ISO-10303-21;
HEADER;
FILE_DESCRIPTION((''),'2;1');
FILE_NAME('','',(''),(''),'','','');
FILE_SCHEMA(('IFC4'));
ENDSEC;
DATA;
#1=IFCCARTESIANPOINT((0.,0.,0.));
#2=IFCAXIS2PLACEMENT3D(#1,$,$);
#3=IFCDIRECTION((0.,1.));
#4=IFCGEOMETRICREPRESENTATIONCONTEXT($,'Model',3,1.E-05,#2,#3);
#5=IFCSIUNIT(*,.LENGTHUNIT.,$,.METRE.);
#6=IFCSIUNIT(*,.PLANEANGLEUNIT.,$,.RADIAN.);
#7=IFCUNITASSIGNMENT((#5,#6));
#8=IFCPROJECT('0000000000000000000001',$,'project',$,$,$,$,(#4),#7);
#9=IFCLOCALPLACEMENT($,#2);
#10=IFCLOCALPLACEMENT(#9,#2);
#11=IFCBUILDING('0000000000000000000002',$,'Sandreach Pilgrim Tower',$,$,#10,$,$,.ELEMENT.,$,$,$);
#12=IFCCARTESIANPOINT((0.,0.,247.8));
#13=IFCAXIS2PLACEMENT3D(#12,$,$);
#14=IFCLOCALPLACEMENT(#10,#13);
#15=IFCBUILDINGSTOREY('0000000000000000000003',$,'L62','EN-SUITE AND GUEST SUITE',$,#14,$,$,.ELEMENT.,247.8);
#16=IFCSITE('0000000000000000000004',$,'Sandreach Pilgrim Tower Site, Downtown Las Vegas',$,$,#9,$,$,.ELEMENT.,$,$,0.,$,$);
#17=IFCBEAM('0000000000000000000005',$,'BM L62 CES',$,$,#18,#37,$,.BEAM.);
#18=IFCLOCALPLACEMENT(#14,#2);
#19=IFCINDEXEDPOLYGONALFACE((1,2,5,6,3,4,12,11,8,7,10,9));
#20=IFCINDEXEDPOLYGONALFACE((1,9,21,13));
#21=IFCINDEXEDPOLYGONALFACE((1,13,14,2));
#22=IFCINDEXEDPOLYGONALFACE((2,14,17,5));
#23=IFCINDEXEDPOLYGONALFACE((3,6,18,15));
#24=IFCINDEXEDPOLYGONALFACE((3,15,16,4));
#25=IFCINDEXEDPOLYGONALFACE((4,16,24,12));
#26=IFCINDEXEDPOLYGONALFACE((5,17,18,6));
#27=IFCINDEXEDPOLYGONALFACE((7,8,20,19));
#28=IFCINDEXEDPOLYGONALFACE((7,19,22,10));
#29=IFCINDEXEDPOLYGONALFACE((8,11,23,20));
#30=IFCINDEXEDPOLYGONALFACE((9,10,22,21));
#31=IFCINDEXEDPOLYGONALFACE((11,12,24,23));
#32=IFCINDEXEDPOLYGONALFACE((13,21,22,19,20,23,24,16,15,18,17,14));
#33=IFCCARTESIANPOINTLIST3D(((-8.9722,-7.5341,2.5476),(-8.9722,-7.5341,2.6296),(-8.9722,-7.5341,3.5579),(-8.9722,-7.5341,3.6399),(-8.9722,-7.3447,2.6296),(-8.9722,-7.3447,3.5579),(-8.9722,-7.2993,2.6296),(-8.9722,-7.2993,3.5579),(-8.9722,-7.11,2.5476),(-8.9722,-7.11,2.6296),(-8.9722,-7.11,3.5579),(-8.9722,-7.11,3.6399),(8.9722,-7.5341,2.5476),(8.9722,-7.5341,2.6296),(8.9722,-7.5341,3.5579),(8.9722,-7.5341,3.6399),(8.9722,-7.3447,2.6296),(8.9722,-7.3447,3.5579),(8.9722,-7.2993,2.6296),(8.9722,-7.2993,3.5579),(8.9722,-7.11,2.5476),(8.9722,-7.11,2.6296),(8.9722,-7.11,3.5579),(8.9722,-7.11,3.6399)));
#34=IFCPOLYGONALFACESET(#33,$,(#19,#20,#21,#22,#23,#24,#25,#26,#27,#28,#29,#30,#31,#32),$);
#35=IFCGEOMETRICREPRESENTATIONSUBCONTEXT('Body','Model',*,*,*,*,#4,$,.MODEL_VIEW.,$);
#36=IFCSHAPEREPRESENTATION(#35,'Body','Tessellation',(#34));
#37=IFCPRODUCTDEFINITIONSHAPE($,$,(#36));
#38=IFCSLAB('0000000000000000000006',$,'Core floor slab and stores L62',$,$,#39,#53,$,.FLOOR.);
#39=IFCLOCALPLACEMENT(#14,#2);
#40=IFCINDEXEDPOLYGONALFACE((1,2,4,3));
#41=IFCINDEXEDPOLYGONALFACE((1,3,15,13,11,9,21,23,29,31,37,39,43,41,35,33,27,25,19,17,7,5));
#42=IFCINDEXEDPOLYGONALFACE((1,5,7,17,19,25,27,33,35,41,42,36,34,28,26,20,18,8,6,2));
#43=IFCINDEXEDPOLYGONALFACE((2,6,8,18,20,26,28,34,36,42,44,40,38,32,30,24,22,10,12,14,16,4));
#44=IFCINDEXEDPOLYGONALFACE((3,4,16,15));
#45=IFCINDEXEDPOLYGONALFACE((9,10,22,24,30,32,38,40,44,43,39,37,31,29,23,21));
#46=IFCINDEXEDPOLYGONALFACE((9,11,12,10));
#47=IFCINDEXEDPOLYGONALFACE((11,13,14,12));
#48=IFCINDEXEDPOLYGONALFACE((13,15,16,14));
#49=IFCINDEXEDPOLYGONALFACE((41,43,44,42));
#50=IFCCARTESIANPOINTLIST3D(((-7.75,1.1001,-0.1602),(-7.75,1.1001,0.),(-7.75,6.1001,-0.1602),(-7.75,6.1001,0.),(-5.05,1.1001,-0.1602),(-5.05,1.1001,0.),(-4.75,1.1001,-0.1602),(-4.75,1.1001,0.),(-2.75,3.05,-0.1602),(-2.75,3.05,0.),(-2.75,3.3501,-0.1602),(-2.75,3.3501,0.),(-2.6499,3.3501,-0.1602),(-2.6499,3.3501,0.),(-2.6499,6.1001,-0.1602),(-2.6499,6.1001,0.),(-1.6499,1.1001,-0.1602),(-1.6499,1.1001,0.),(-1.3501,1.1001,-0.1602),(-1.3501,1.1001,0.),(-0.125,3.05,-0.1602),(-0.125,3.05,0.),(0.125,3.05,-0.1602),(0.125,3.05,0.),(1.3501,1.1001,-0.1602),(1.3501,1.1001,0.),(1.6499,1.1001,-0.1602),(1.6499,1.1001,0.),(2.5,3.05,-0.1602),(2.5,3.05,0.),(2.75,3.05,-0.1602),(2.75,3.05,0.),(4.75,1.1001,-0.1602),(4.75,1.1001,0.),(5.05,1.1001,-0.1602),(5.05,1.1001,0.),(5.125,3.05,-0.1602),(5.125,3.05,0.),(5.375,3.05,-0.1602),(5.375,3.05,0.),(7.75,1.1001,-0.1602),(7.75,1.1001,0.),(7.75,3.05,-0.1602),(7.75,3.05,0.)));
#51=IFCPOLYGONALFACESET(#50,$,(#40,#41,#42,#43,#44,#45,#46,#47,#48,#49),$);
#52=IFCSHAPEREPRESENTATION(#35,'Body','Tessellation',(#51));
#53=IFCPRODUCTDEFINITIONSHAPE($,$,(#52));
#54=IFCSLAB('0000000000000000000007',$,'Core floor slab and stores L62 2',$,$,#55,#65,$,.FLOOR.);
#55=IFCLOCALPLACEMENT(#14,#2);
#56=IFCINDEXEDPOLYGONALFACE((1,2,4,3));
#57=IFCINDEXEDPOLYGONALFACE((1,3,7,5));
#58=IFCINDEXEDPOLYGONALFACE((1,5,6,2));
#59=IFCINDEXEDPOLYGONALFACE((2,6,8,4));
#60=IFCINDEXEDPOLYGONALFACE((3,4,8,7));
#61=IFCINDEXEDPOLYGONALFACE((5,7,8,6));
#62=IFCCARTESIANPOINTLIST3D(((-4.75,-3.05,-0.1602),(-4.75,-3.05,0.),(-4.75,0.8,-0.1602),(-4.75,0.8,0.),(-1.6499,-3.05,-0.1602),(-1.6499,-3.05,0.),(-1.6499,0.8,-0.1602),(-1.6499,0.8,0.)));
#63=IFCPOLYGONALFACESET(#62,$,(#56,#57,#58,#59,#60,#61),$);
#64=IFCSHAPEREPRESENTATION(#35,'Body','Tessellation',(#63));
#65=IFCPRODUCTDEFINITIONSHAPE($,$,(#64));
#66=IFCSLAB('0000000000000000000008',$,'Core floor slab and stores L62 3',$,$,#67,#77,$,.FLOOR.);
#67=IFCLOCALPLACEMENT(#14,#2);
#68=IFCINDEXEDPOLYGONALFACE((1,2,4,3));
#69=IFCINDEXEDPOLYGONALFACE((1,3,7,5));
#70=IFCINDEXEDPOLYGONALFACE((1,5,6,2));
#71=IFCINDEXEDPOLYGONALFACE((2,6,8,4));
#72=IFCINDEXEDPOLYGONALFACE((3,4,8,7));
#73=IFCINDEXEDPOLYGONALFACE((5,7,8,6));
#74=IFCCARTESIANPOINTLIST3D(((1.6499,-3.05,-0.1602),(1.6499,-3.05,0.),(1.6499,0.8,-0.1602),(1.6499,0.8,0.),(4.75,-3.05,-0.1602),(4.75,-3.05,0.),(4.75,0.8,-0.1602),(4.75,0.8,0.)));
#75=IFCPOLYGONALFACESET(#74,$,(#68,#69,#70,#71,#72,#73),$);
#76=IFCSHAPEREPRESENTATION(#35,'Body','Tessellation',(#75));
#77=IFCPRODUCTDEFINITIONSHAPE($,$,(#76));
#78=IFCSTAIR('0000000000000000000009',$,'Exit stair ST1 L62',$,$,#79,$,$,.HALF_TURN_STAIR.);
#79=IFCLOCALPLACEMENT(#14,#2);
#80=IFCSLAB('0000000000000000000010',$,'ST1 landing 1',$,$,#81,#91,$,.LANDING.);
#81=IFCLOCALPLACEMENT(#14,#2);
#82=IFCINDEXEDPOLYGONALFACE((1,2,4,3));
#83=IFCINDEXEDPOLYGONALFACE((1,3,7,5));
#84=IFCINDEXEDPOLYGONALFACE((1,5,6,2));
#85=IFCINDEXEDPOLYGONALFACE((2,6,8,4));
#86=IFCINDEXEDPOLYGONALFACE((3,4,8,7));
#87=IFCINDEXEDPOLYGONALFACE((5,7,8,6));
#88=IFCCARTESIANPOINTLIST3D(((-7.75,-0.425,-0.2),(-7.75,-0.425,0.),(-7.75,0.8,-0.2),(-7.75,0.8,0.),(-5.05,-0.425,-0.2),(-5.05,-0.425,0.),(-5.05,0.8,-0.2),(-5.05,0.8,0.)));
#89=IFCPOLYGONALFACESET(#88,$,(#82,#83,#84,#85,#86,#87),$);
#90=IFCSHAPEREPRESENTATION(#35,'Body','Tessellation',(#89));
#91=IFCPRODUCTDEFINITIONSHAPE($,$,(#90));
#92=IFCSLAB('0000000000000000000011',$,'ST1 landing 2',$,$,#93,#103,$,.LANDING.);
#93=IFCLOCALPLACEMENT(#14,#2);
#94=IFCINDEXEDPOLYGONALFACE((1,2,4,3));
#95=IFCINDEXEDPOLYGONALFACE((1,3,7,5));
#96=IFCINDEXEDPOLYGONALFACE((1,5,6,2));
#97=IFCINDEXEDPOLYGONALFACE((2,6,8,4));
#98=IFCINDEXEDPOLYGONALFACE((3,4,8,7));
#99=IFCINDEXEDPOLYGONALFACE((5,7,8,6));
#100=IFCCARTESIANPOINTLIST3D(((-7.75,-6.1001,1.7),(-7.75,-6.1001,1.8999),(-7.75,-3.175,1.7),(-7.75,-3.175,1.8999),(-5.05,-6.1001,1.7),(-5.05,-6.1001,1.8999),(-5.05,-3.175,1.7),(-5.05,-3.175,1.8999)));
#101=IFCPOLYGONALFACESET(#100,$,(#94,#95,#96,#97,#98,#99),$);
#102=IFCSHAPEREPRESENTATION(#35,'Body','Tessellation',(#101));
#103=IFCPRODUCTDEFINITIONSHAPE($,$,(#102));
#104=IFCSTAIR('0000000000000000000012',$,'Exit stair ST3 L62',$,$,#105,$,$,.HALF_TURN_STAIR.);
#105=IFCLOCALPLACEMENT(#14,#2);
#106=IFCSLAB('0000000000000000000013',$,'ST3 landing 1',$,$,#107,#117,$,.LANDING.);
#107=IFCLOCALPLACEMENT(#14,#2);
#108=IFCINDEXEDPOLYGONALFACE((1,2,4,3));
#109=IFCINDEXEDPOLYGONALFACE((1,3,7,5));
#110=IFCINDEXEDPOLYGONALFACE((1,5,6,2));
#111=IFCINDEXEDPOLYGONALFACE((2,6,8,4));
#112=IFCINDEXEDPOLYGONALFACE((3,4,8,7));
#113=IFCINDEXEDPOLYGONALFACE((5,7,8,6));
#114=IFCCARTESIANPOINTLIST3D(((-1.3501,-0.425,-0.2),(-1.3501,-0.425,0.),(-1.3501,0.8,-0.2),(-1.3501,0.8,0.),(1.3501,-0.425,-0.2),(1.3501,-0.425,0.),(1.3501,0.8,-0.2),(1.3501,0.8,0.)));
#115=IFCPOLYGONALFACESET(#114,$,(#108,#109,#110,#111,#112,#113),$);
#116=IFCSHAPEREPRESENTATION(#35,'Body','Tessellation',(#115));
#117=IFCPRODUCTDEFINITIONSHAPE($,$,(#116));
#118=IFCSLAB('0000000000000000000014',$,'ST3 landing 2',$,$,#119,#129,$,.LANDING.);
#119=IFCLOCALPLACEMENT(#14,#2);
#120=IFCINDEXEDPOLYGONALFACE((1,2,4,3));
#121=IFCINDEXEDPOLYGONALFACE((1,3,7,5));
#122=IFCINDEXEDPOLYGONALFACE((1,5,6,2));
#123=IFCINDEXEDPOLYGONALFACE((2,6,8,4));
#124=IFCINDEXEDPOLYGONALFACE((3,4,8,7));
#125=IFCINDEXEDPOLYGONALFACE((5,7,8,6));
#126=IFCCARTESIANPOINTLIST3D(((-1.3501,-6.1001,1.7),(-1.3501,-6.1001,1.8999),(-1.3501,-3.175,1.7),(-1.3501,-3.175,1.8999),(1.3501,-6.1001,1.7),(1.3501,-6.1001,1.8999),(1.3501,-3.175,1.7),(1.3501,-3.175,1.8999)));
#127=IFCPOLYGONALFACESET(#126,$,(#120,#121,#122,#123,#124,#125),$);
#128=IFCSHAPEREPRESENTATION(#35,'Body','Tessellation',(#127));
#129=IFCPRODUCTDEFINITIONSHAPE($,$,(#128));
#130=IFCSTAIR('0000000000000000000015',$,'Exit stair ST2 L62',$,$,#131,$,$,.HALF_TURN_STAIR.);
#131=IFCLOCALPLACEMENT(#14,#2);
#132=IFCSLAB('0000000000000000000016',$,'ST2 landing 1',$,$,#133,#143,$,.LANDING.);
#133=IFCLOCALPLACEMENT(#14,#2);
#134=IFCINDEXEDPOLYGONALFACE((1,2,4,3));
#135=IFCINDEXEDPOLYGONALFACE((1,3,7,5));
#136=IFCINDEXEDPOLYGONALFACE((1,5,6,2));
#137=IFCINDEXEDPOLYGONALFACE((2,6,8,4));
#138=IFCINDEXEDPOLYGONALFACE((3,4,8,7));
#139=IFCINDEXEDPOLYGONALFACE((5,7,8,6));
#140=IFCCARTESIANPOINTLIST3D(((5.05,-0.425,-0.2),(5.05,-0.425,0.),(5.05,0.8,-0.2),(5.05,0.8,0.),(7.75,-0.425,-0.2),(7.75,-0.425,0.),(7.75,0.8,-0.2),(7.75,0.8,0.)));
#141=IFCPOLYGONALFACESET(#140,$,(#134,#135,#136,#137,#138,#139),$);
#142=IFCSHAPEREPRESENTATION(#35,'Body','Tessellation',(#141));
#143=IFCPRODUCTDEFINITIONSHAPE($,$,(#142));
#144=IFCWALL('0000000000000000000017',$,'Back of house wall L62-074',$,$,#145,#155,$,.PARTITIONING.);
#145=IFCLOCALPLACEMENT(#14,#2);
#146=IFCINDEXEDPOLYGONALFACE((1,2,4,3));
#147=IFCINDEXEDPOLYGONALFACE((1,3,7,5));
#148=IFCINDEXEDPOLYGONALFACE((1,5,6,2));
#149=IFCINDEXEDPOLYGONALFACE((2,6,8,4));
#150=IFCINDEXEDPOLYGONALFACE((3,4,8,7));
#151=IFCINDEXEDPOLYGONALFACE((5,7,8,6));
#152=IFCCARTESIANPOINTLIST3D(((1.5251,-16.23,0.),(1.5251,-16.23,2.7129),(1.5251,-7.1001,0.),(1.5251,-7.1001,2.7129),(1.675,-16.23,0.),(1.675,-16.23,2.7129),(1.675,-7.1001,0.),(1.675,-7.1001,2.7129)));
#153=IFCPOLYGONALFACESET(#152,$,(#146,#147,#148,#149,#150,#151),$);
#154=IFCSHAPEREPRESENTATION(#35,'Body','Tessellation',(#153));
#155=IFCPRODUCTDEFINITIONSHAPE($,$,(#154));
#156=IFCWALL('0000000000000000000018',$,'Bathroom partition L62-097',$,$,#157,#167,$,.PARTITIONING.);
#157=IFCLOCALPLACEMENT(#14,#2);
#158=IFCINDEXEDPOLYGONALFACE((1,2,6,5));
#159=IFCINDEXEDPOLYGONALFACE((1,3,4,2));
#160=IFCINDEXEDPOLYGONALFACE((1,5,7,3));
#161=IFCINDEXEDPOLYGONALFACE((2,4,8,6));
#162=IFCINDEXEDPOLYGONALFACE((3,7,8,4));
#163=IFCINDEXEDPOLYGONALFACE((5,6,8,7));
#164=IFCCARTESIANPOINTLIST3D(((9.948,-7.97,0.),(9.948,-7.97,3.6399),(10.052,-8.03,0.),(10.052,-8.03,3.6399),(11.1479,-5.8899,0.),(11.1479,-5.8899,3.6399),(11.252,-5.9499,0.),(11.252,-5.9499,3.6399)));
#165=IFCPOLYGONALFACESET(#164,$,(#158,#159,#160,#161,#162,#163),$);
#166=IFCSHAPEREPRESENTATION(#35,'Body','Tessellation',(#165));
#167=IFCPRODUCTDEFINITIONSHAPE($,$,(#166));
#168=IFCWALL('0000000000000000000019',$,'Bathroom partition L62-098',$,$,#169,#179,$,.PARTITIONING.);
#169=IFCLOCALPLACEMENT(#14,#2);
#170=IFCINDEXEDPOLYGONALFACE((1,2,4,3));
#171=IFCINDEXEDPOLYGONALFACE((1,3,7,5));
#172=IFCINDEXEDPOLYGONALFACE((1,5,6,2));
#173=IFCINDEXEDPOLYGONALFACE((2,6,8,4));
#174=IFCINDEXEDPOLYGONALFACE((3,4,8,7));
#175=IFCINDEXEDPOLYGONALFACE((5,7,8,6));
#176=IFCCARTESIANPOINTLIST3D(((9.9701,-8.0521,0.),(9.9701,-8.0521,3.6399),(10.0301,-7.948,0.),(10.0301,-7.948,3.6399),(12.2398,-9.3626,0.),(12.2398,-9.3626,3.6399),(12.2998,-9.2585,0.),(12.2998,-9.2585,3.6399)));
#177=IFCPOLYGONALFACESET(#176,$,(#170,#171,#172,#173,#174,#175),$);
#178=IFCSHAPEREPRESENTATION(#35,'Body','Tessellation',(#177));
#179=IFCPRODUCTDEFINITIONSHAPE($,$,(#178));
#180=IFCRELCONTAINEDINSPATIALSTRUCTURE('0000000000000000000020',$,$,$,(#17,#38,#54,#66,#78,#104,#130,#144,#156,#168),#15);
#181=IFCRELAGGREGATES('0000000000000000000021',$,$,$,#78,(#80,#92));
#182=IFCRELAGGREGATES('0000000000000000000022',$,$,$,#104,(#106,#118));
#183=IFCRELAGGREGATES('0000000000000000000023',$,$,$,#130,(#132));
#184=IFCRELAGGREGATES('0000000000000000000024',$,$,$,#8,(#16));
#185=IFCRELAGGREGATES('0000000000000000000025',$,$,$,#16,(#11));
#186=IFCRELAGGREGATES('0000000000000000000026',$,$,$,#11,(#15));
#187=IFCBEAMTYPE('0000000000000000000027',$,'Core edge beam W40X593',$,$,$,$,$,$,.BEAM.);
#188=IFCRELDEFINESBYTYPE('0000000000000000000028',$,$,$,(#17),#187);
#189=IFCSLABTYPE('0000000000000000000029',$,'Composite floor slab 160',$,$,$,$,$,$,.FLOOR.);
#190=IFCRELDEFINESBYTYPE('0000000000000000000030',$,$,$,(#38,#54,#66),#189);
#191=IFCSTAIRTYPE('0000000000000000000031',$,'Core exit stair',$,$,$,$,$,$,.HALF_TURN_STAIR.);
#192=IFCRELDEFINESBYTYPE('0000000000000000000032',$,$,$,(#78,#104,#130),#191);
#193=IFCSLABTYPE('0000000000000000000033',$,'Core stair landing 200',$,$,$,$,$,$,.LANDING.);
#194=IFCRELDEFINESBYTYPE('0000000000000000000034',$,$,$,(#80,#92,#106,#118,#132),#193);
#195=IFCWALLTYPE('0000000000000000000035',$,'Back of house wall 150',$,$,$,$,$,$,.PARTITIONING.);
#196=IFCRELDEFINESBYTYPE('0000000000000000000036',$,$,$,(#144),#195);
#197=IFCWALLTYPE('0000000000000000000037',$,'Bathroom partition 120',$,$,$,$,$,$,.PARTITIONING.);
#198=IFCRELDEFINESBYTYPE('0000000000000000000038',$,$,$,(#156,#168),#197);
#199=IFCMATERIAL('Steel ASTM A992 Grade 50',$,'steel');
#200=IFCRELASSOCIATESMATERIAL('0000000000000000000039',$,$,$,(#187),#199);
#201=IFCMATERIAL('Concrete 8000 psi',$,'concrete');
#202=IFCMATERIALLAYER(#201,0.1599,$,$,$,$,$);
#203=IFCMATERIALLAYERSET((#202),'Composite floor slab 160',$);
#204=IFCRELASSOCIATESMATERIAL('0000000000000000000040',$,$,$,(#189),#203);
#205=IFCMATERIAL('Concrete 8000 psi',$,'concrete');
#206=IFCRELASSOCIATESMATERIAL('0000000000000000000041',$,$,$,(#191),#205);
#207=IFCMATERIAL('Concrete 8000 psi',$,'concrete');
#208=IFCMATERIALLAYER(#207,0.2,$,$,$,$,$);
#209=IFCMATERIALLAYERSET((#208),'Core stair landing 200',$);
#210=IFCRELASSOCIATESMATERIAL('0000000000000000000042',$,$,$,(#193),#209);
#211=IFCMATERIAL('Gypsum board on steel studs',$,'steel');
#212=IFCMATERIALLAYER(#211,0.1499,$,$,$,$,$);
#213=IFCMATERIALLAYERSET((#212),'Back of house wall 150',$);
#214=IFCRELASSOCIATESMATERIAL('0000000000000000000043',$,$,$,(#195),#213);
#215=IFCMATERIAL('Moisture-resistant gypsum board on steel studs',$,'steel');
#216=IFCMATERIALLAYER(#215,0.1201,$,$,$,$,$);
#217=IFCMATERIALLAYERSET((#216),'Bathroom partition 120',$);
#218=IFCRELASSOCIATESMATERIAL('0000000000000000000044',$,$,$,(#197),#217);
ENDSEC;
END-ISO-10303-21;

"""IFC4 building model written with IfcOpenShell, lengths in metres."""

from ifc_helpers import new_model, si_unit, direction, frame, frame_2d, origin, origin_2d, place, context, subcontext, project, spatial, polyline, rectangle, i_section, outline, extrude, material, layer, layer_set, material_profile, profile_set, type_object, element, aggregate, save


model = new_model("IFC4")

# Units and contexts
model_context = context("Model", 3, precision=1e-05, world=origin(), true_north=direction((0.0, 1.0)))
body_context = subcontext(model_context, "Body", "Model", "MODEL_VIEW")
ifc_project = project(units=[si_unit("LENGTHUNIT", "METRE"), si_unit("PLANEANGLEUNIT", "RADIAN")], contexts=[model_context])

# Site, building, storey
site_placement = place(None, origin())
site = spatial("IfcSite", under=ifc_project, at=site_placement, Name="Sandreach Pilgrim Tower Site, Downtown Las Vegas", CompositionType="ELEMENT", RefElevation=0.0)
building_placement = place(site_placement, origin())
building = spatial("IfcBuilding", under=site, at=building_placement, Name="Sandreach Pilgrim Tower", CompositionType="ELEMENT")
storey_placement = place(building_placement, frame((0.0, 0.0, 247.8)))
storey = spatial("IfcBuildingStorey", under=building, at=storey_placement, Name="L62", Description="EN-SUITE AND GUEST SUITE", CompositionType="ELEMENT", Elevation=247.8)

# Beam
ifc_material_1 = material(Name="Steel ASTM A992 Grade 50", Category="steel")
ifc_material_profile = material_profile(ifc_material_1, i_section(OverallWidth=0.4241, OverallDepth=1.0923, WebThickness=0.0454, FlangeThickness=0.082, at=origin_2d()), Name="W40X593")
ifc_profile_set = profile_set([ifc_material_profile], Name="Steel ASTM A992 Grade 50")
beam_type = type_object("IfcBeamType", Name="Core edge beam W40X593", PredefinedType="BEAM", material=ifc_profile_set)
beam_placement = place(storey_placement, frame((8.9722, -7.322, 3.0938), z_axis=(-1.0, 0.0, 0.0), x_axis=(0.0, -1.0, 0.0)))
element("IfcBeam", 1, at=beam_placement, inside=storey, type_object=beam_type, Name="BM L62 CES", PredefinedType="BEAM", context=body_context, shape_type="SweptSolid", body=[
    extrude(i_section(OverallWidth=0.4241, OverallDepth=1.0923, WebThickness=0.0454, FlangeThickness=0.082, at=origin_2d()), origin(), (0.0, 0.0, 1.0), 17.9443),
])

# Slabs
ifc_material_2 = material(Name="Concrete 8000 psi", Category="concrete")
ifc_layer_1 = layer(ifc_material_2, 0.1599)
ifc_layer_set_1 = layer_set([ifc_layer_1], Name="Composite floor slab 160")
slab_type_1 = type_object("IfcSlabType", Name="Composite floor slab 160", PredefinedType="FLOOR", material=ifc_layer_set_1)
slab_1_placement = place(storey_placement, frame((0.0, 0.0, -0.1602)))
element("IfcSlab", 2, at=slab_1_placement, inside=storey, type_object=slab_type_1, Name="Core floor slab and stores L62", PredefinedType="FLOOR", context=body_context, shape_type="SweptSolid", body=[
    extrude(outline(polyline([(-2.75, 3.3501), (-2.75, 3.05), (-0.125, 3.05), (0.125, 3.05), (2.5, 3.05), (2.75, 3.05), (5.125, 3.05), (5.375, 3.05), (7.75, 3.05), (7.75, 1.1001), (5.05, 1.1001), (4.75, 1.1001), (1.6499, 1.1001), (1.3501, 1.1001), (-1.3501, 1.1001), (-1.6499, 1.1001), (-4.75, 1.1001), (-5.05, 1.1001), (-7.75, 1.1001), (-7.75, 6.1001), (-2.6499, 6.1001), (-2.6499, 3.3501), (-2.75, 3.3501)])), origin(), (0.0, 0.0, 1.0), 0.1602),
])
slab_2_placement = place(storey_placement, frame((0.0, 0.0, -0.1602)))
element("IfcSlab", 3, at=slab_2_placement, inside=storey, type_object=slab_type_1, Name="Core floor slab and stores L62 2", PredefinedType="FLOOR", context=body_context, shape_type="SweptSolid", body=[
    extrude(outline(polyline([(-1.6499, -3.05), (-4.75, -3.05), (-4.75, 0.8), (-1.6499, 0.8), (-1.6499, -3.05)])), origin(), (0.0, 0.0, 1.0), 0.1602),
])
slab_3_placement = place(storey_placement, frame((0.0, 0.0, -0.1602)))
element("IfcSlab", 4, at=slab_3_placement, inside=storey, type_object=slab_type_1, Name="Core floor slab and stores L62 3", PredefinedType="FLOOR", context=body_context, shape_type="SweptSolid", body=[
    extrude(outline(polyline([(4.75, -3.05), (1.6499, -3.05), (1.6499, 0.8), (4.75, 0.8), (4.75, -3.05)])), origin(), (0.0, 0.0, 1.0), 0.1602),
])

# Stairs, slabs
ifc_material_3 = material(Name="Concrete 8000 psi", Category="concrete")
stair_type = type_object("IfcStairType", Name="Core exit stair", PredefinedType="HALF_TURN_STAIR", material=ifc_material_3)
stair_1_placement = place(storey_placement, origin())
stair_1 = element("IfcStair", 5, at=stair_1_placement, inside=storey, type_object=stair_type, Name="Exit stair ST1 L62", PredefinedType="HALF_TURN_STAIR")
ifc_material_4 = material(Name="Concrete 8000 psi", Category="concrete")
ifc_layer_2 = layer(ifc_material_4, 0.2)
ifc_layer_set_2 = layer_set([ifc_layer_2], Name="Core stair landing 200")
slab_type_2 = type_object("IfcSlabType", Name="Core stair landing 200", PredefinedType="LANDING", material=ifc_layer_set_2)
slab_4_placement = place(storey_placement, frame((0.0, 0.0, -0.2)))
slab_4 = element("IfcSlab", 6, at=slab_4_placement, type_object=slab_type_2, Name="ST1 landing 1", PredefinedType="LANDING", context=body_context, shape_type="SweptSolid", body=[
    extrude(outline(polyline([(-7.75, -0.425), (-5.05, -0.425), (-5.05, 0.8), (-7.75, 0.8), (-7.75, -0.425)])), origin(), (0.0, 0.0, 1.0), 0.2),
])
slab_5_placement = place(storey_placement, frame((0.0, 0.0, 1.7)))
slab_5 = element("IfcSlab", 7, at=slab_5_placement, type_object=slab_type_2, Name="ST1 landing 2", PredefinedType="LANDING", context=body_context, shape_type="SweptSolid", body=[
    extrude(outline(polyline([(-7.75, -6.1001), (-5.05, -6.1001), (-5.05, -3.175), (-7.75, -3.175), (-7.75, -6.1001)])), origin(), (0.0, 0.0, 1.0), 0.2),
])
aggregate(stair_1, [slab_4, slab_5])
stair_2_placement = place(storey_placement, origin())
stair_2 = element("IfcStair", 8, at=stair_2_placement, inside=storey, type_object=stair_type, Name="Exit stair ST3 L62", PredefinedType="HALF_TURN_STAIR")
slab_6_placement = place(storey_placement, frame((0.0, 0.0, -0.2)))
slab_6 = element("IfcSlab", 9, at=slab_6_placement, type_object=slab_type_2, Name="ST3 landing 1", PredefinedType="LANDING", context=body_context, shape_type="SweptSolid", body=[
    extrude(outline(polyline([(-1.3501, -0.425), (1.3501, -0.425), (1.3501, 0.8), (-1.3501, 0.8), (-1.3501, -0.425)])), origin(), (0.0, 0.0, 1.0), 0.2),
])
slab_7_placement = place(storey_placement, frame((0.0, 0.0, 1.7)))
slab_7 = element("IfcSlab", 10, at=slab_7_placement, type_object=slab_type_2, Name="ST3 landing 2", PredefinedType="LANDING", context=body_context, shape_type="SweptSolid", body=[
    extrude(outline(polyline([(-1.3501, -6.1001), (1.3501, -6.1001), (1.3501, -3.175), (-1.3501, -3.175), (-1.3501, -6.1001)])), origin(), (0.0, 0.0, 1.0), 0.2),
])

# Stair, slab
stair_3_placement = place(storey_placement, origin())
stair_3 = element("IfcStair", 11, at=stair_3_placement, inside=storey, type_object=stair_type, Name="Exit stair ST2 L62", PredefinedType="HALF_TURN_STAIR")
slab_8_placement = place(storey_placement, frame((0.0, 0.0, -0.2)))
slab_8 = element("IfcSlab", 12, at=slab_8_placement, type_object=slab_type_2, Name="ST2 landing 1", PredefinedType="LANDING", context=body_context, shape_type="SweptSolid", body=[
    extrude(outline(polyline([(5.05, -0.425), (7.75, -0.425), (7.75, 0.8), (5.05, 0.8), (5.05, -0.425)])), origin(), (0.0, 0.0, 1.0), 0.2),
])

# Walls
ifc_material_5 = material(Name="Gypsum board on steel studs", Category="steel")
ifc_layer_3 = layer(ifc_material_5, 0.1499)
ifc_layer_set_3 = layer_set([ifc_layer_3], Name="Back of house wall 150")
wall_type_1 = type_object("IfcWallType", Name="Back of house wall 150", PredefinedType="PARTITIONING", material=ifc_layer_set_3)
wall_1_placement = place(storey_placement, frame((1.6001, -7.1001, 0.0), z_axis=(0.0, 0.0, 1.0), x_axis=(0.0, -1.0, 0.0)))
element("IfcWall", 13, at=wall_1_placement, inside=storey, type_object=wall_type_1, Name="Back of house wall L62-074", PredefinedType="PARTITIONING", context=body_context, shape_type="SweptSolid", body=[
    extrude(rectangle(XDim=9.1299, YDim=0.1499, at=frame_2d((4.5649, 0.0))), origin(), (0.0, 0.0, 1.0), 2.7129),
])
ifc_material_6 = material(Name="Moisture-resistant gypsum board on steel studs", Category="steel")
ifc_layer_4 = layer(ifc_material_6, 0.1201)
ifc_layer_set_4 = layer_set([ifc_layer_4], Name="Bathroom partition 120")
wall_type_2 = type_object("IfcWallType", Name="Bathroom partition 120", PredefinedType="PARTITIONING", material=ifc_layer_set_4)
wall_2_placement = place(storey_placement, frame((10.0, -8.0, 0.0), z_axis=(0.0, 0.0, 1.0), x_axis=(0.499693, 0.866203, 0.0)))
element("IfcWall", 14, at=wall_2_placement, inside=storey, type_object=wall_type_2, Name="Bathroom partition L62-097", PredefinedType="PARTITIONING", context=body_context, shape_type="SweptSolid", body=[
    extrude(rectangle(XDim=2.4014, YDim=0.1201, at=frame_2d((1.2007, 0.0))), origin(), (0.0, 0.0, 1.0), 3.6399),
])
wall_3_placement = place(storey_placement, frame((10.0, -8.0, 0.0), z_axis=(0.0, 0.0, 1.0), x_axis=(0.86601, -0.500026, 0.0)))
element("IfcWall", 15, at=wall_3_placement, inside=storey, type_object=wall_type_2, Name="Bathroom partition L62-098", PredefinedType="PARTITIONING", context=body_context, shape_type="SweptSolid", body=[
    extrude(rectangle(XDim=2.6208, YDim=0.1201, at=frame_2d((1.3105, 0.0))), origin(), (0.0, 0.0, 1.0), 3.6399),
])

aggregate(stair_2, [slab_6, slab_7])
aggregate(stair_3, [slab_8])

save(model, "model.ifc")
